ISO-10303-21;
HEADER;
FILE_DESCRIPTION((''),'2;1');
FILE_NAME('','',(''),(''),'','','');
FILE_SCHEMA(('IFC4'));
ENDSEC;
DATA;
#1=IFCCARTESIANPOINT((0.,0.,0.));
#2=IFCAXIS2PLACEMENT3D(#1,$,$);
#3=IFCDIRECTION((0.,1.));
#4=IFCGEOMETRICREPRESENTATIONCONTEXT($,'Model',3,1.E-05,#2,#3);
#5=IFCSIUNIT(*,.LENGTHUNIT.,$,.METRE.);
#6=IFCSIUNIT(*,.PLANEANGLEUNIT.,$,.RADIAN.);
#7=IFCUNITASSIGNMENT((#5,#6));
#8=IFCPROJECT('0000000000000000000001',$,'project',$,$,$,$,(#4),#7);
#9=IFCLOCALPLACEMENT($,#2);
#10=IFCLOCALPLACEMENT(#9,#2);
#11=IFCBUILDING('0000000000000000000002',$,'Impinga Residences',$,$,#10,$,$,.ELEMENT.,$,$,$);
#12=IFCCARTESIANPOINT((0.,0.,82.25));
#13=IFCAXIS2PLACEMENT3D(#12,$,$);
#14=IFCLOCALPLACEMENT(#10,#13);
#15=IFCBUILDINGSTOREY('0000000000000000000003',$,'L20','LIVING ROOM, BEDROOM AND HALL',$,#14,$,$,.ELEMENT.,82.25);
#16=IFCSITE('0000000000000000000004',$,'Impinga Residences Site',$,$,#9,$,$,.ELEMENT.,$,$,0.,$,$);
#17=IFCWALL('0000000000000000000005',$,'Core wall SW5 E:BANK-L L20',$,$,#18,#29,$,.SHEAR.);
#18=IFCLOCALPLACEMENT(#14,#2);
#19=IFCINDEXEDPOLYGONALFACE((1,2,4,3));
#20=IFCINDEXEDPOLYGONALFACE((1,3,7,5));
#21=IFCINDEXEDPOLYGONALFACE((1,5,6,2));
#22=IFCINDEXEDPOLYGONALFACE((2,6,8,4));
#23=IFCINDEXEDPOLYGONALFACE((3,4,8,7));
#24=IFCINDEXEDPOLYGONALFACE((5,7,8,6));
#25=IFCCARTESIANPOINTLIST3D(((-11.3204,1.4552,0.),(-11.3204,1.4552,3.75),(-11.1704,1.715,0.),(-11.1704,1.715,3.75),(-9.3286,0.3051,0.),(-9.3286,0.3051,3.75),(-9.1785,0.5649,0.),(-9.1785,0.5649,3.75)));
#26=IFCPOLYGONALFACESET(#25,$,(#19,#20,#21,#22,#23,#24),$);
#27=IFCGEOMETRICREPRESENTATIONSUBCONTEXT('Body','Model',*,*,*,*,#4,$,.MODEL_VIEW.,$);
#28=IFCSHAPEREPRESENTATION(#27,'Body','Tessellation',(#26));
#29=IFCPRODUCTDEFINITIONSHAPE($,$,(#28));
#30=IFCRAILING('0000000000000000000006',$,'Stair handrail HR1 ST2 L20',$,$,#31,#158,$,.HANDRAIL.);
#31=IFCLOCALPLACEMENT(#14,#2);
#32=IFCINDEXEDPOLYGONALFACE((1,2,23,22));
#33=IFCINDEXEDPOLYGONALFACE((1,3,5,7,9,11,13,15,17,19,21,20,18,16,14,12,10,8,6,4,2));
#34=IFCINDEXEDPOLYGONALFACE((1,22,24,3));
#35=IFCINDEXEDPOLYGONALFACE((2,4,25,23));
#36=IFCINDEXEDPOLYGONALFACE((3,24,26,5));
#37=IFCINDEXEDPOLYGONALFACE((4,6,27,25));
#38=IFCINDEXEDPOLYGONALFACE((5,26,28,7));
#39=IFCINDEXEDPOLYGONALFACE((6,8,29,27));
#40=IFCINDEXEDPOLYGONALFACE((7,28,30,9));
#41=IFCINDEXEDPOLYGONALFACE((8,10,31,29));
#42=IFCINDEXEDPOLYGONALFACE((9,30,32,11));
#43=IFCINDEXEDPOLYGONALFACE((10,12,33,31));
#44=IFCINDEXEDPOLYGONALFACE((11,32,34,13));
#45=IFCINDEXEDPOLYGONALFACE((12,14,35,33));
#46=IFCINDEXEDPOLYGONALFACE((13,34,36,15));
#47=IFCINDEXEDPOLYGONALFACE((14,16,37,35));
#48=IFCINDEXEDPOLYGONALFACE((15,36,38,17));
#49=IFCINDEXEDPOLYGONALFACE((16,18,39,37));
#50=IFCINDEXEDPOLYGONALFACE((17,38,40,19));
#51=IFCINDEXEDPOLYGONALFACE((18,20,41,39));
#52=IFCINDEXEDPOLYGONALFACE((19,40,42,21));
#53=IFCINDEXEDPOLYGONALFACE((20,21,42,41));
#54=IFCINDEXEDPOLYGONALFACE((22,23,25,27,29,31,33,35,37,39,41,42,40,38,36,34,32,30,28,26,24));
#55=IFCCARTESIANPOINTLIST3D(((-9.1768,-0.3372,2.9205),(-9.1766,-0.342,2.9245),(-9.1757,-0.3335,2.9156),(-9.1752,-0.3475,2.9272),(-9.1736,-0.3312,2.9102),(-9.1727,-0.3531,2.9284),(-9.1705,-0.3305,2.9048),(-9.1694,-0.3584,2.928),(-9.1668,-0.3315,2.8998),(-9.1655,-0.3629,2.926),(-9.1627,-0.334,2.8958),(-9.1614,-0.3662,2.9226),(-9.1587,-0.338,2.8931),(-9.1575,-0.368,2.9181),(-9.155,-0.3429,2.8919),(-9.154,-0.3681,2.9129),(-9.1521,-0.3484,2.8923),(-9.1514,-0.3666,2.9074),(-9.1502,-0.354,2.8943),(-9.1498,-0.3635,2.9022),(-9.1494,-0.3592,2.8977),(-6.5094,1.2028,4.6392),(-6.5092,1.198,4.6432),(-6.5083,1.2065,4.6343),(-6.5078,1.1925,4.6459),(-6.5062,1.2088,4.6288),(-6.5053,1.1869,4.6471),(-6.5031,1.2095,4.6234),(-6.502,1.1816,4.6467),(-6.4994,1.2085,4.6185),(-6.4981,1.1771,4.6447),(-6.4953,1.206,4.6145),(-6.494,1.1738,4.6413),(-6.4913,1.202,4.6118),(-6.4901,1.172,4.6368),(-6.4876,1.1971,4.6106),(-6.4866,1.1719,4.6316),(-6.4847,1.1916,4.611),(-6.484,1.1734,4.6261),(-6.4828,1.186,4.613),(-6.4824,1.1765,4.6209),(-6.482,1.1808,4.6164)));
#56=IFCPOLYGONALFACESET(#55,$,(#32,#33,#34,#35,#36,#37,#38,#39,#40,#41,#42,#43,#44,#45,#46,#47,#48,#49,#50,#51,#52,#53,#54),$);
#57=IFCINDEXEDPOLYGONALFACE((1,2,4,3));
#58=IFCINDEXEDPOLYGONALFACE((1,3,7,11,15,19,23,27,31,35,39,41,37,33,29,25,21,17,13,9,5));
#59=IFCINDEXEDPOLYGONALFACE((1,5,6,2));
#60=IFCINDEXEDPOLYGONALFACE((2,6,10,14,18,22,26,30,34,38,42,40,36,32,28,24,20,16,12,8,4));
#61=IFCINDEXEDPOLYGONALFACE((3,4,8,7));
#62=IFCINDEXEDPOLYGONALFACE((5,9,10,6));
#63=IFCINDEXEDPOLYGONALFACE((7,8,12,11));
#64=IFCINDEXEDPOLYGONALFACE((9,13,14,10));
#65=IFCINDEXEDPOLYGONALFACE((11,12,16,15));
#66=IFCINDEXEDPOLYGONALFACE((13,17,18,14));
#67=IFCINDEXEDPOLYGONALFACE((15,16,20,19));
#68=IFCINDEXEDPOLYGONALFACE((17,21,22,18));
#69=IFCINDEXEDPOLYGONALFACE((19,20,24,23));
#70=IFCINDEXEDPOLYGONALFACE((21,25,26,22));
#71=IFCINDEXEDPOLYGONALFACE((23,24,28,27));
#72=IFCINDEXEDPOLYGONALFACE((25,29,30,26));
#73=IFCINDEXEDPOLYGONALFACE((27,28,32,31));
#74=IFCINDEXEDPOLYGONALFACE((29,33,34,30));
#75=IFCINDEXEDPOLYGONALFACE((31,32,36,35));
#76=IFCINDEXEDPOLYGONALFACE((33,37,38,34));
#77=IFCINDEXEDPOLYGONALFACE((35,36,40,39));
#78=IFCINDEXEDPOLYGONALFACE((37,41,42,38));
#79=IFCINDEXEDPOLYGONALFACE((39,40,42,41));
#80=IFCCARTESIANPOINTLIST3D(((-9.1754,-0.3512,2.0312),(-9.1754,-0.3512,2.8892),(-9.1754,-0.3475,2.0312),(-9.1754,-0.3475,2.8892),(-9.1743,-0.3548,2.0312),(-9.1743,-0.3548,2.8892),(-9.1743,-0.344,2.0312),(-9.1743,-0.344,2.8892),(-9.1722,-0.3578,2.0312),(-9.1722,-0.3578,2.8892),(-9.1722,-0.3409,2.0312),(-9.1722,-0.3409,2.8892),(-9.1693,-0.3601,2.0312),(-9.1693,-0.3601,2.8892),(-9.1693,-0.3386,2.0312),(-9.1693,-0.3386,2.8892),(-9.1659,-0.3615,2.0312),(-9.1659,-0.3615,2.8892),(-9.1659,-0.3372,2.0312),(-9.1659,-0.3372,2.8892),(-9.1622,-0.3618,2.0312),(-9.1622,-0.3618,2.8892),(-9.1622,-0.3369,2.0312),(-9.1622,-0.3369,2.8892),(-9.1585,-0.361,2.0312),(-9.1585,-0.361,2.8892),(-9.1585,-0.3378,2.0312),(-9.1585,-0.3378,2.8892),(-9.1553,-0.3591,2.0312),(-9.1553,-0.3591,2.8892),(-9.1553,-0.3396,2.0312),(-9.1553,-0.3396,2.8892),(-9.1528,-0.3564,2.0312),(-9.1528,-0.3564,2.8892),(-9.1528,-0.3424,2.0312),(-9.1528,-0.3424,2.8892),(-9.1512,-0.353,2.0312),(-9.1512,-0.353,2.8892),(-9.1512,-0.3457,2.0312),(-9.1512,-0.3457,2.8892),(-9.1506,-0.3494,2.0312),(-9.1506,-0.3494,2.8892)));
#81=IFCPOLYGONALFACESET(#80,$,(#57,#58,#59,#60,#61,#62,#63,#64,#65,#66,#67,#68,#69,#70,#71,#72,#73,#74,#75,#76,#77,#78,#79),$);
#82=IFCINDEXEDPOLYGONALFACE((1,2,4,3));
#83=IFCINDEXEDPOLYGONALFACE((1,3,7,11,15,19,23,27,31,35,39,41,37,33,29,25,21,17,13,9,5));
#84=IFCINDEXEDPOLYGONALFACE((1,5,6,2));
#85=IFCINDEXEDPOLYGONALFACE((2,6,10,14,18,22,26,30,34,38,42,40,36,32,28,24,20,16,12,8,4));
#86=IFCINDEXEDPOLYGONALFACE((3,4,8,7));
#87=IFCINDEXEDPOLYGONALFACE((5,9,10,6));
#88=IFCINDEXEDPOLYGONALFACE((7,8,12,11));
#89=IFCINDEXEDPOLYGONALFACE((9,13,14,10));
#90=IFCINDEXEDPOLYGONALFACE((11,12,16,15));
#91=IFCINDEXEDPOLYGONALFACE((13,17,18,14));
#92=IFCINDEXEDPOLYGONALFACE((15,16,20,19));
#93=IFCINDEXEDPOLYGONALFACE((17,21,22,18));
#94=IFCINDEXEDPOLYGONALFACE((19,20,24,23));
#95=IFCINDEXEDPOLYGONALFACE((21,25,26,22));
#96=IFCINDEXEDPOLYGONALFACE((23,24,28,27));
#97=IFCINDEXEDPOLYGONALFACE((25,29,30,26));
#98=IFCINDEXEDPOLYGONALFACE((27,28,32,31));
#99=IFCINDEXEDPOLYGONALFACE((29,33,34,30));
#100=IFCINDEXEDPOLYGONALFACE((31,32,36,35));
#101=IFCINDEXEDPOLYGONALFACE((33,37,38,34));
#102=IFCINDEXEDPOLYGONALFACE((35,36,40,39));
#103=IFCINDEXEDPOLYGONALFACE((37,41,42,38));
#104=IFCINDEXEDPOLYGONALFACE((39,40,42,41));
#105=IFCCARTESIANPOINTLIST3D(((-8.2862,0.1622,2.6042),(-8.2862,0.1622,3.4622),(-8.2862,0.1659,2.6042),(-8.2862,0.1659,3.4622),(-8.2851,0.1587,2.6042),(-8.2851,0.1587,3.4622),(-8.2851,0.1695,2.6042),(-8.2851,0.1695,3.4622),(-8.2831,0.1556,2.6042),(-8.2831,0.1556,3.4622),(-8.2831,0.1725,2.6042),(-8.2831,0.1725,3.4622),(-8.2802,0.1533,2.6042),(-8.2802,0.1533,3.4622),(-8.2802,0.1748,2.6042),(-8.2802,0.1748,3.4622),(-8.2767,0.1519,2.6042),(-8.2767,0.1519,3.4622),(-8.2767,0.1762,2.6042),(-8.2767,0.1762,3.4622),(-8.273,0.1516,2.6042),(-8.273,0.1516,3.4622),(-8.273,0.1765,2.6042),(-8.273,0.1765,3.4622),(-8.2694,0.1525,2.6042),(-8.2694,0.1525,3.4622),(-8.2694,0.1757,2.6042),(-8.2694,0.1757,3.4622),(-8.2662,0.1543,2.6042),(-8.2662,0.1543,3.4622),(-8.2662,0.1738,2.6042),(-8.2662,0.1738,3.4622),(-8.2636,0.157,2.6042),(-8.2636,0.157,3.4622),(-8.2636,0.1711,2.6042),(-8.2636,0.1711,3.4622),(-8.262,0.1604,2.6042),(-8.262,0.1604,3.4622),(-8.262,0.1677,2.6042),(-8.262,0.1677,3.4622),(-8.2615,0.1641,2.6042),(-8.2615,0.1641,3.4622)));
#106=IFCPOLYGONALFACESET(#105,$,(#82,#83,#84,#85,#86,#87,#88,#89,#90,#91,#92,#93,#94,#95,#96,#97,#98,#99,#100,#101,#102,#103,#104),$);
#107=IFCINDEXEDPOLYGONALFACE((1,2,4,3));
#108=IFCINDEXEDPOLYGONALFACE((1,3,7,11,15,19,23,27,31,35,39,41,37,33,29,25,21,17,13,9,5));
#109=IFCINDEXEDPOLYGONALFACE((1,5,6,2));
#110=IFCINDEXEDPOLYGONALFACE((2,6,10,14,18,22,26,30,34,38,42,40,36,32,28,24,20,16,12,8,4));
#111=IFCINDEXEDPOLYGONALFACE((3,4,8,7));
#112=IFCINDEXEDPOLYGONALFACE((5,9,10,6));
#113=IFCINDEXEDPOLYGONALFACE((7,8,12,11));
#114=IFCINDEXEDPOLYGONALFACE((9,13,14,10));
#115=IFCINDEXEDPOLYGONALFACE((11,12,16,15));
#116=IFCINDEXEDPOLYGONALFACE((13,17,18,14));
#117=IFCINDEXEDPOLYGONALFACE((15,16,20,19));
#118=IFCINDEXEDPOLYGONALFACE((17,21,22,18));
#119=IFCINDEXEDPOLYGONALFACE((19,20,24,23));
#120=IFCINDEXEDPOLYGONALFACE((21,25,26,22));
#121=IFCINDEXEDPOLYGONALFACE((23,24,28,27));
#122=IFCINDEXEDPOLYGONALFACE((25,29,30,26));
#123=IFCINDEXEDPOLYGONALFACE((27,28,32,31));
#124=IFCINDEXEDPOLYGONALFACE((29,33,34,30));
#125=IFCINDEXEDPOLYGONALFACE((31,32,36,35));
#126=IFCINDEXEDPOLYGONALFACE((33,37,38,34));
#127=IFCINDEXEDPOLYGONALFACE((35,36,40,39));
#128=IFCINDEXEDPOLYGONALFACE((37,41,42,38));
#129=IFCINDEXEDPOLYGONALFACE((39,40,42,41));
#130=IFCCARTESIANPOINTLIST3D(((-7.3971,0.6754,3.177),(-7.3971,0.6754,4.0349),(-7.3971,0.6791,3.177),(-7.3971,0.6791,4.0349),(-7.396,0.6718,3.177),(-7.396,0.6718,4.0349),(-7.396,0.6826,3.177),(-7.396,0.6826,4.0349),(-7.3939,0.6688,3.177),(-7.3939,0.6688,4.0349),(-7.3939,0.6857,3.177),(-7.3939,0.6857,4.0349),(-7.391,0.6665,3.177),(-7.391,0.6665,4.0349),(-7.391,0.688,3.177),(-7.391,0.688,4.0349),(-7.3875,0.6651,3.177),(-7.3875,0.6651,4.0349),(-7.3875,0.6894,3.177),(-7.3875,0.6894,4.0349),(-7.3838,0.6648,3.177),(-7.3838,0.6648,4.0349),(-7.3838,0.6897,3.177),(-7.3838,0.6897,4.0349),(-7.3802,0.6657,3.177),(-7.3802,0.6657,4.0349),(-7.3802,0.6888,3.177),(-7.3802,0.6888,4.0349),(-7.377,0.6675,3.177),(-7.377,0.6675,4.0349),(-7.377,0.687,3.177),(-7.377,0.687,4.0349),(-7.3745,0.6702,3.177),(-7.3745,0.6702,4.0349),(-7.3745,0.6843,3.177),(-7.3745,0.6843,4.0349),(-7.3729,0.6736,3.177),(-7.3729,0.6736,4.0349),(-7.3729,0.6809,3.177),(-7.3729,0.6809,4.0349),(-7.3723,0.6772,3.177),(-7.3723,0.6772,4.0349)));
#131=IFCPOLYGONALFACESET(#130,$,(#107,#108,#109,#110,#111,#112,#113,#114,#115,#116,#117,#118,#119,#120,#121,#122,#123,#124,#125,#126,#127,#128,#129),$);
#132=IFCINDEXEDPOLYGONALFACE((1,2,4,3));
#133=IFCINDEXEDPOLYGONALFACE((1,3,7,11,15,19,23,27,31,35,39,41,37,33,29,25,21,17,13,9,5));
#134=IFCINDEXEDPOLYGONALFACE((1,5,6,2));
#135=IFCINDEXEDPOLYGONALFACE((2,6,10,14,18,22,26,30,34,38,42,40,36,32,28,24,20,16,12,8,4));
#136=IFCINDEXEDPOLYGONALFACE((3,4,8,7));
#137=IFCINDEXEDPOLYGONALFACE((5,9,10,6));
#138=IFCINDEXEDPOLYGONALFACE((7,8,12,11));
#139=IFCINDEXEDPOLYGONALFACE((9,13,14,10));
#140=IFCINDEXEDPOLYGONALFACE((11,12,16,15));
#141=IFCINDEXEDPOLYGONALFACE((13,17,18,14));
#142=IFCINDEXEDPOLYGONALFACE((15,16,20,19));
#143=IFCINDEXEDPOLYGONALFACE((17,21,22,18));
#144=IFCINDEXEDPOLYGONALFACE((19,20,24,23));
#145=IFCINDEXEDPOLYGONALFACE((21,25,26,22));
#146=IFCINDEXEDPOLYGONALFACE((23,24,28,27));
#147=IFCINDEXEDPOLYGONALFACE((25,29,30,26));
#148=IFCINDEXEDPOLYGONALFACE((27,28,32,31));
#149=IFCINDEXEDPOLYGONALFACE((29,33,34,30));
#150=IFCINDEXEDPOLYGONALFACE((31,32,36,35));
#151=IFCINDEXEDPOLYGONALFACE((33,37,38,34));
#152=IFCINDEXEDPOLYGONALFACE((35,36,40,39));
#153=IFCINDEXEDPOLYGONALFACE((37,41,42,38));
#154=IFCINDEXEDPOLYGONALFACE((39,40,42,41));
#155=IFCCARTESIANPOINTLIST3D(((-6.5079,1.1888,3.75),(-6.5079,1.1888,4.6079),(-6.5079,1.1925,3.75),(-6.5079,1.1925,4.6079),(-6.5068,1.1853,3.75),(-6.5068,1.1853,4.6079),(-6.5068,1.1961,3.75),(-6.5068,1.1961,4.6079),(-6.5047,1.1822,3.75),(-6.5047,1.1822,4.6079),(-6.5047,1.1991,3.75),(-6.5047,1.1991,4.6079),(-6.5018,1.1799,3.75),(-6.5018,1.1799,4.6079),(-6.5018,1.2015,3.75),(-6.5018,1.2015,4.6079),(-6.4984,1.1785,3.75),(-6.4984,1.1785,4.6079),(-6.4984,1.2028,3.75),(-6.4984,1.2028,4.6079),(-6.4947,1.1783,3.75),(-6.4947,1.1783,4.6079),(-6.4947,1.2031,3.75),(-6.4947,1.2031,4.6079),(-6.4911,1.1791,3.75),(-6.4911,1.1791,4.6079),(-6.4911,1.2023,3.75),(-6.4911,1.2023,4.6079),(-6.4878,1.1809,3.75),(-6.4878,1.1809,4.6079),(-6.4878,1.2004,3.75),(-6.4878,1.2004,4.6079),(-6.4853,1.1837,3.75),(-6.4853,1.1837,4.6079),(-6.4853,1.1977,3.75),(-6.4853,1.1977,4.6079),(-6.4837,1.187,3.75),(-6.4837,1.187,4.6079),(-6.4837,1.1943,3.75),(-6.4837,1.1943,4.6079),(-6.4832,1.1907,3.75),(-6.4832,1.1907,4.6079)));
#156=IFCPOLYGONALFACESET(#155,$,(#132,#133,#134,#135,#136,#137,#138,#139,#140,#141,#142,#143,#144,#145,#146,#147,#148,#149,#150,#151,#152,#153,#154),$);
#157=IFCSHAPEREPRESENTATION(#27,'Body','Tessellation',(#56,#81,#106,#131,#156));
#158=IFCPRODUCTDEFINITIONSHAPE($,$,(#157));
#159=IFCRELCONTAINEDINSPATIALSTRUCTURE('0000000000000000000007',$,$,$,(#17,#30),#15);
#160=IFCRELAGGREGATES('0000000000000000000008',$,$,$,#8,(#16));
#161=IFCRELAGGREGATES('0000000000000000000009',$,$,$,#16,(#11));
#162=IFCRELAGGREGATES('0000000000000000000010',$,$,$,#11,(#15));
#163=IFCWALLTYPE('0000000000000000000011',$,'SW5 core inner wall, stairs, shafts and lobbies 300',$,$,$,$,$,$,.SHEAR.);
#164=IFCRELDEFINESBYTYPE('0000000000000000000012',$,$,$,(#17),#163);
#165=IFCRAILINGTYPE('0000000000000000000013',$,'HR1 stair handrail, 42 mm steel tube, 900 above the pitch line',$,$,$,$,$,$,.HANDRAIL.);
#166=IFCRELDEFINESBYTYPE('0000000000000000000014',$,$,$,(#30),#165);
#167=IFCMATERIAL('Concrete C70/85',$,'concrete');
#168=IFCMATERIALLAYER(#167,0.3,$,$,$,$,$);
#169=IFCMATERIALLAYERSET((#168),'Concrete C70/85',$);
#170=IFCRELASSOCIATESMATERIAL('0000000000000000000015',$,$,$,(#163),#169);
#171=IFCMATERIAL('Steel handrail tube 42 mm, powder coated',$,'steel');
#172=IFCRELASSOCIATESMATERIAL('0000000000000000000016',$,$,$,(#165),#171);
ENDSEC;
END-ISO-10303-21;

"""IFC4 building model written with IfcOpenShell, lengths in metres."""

from ifc_helpers import new_model, si_unit, direction, frame, frame_2d, origin, origin_2d, place, context, subcontext, project, spatial, rectangle, circle, extrude, material, layer, layer_set, type_object, element, save


model = new_model("IFC4")

# Units and contexts
model_context = context("Model", 3, precision=1e-05, world=origin(), true_north=direction((0.0, 1.0)))
body_context = subcontext(model_context, "Body", "Model", "MODEL_VIEW")
ifc_project = project(units=[si_unit("LENGTHUNIT", "METRE"), si_unit("PLANEANGLEUNIT", "RADIAN")], contexts=[model_context])

# Site, building, storey
site_placement = place(None, origin())
site = spatial("IfcSite", under=ifc_project, at=site_placement, Name="Impinga Residences Site", CompositionType="ELEMENT", RefElevation=0.0)
building_placement = place(site_placement, origin())
building = spatial("IfcBuilding", under=site, at=building_placement, Name="Impinga Residences", CompositionType="ELEMENT")
storey_placement = place(building_placement, frame((0.0, 0.0, 82.25)))
storey = spatial("IfcBuildingStorey", under=building, at=storey_placement, Name="L20", Description="LIVING ROOM, BEDROOM AND HALL", CompositionType="ELEMENT", Elevation=82.25)

# Wall
ifc_material_1 = material(Name="Concrete C70/85", Category="concrete")
ifc_layer_1 = layer(ifc_material_1, 0.3)
ifc_layer_set_1 = layer_set([ifc_layer_1], Name="Concrete C70/85")
wall_type_1 = type_object("IfcWallType", Name="SW5 core inner wall, stairs, shafts and lobbies 300", PredefinedType="SHEAR", material=ifc_layer_set_1)
wall_1_placement = place(storey_placement, frame((-9.2537, 0.4351, 0.0), z_axis=(0.0, 0.0, 1.0), x_axis=(-0.866007, 0.500032, 0.0)))
element("IfcWall", 1, at=wall_1_placement, inside=storey, type_object=wall_type_1, Name="Core wall SW5 E:BANK-L L20", PredefinedType="SHEAR", context=body_context, shape_type="SweptSolid", body=[
    extrude(rectangle(XDim=2.3, YDim=0.3, at=frame_2d((1.1499, 0.0))), origin(), (0.0, 0.0, 1.0), 3.75),
])

# Railing
ifc_material_2 = material(Name="Steel handrail tube 42 mm, powder coated", Category="steel")
railing_type = type_object("IfcRailingType", Name="HR1 stair handrail, 42 mm steel tube, 900 above the pitch line", PredefinedType="HANDRAIL", material=ifc_material_2)
railing_placement = place(storey_placement, frame((-9.1631, -0.3494, 2.0312)))
element("IfcRailing", 2, at=railing_placement, inside=storey, type_object=railing_type, Name="Stair handrail HR1 ST2 L20", PredefinedType="HANDRAIL", context=body_context, shape_type="SweptSolid", body=[
    extrude(circle(Radius=0.021, at=origin_2d()), frame((0.0, 0.0, 0.8789), z_axis=(0.756256, 0.436616, 0.487282), x_axis=(-0.499992, 0.86603, 0.0)), (0.0, 0.0, 1.0), 3.5271),
    extrude(circle(Radius=0.0125, at=origin_2d()), origin(), (0.0, 0.0, 1.0), 0.8579),
    extrude(circle(Radius=0.0125, at=origin_2d()), frame((0.8892, 0.5134, 0.573)), (0.0, 0.0, 1.0), 0.8579),
    extrude(circle(Radius=0.0125, at=origin_2d()), frame((1.7783, 1.0266, 1.1458)), (0.0, 0.0, 1.0), 0.8579),
    extrude(circle(Radius=0.0125, at=origin_2d()), frame((2.6675, 1.54, 1.7188)), (0.0, 0.0, 1.0), 0.8579),
])

save(model, "model.ifc")
